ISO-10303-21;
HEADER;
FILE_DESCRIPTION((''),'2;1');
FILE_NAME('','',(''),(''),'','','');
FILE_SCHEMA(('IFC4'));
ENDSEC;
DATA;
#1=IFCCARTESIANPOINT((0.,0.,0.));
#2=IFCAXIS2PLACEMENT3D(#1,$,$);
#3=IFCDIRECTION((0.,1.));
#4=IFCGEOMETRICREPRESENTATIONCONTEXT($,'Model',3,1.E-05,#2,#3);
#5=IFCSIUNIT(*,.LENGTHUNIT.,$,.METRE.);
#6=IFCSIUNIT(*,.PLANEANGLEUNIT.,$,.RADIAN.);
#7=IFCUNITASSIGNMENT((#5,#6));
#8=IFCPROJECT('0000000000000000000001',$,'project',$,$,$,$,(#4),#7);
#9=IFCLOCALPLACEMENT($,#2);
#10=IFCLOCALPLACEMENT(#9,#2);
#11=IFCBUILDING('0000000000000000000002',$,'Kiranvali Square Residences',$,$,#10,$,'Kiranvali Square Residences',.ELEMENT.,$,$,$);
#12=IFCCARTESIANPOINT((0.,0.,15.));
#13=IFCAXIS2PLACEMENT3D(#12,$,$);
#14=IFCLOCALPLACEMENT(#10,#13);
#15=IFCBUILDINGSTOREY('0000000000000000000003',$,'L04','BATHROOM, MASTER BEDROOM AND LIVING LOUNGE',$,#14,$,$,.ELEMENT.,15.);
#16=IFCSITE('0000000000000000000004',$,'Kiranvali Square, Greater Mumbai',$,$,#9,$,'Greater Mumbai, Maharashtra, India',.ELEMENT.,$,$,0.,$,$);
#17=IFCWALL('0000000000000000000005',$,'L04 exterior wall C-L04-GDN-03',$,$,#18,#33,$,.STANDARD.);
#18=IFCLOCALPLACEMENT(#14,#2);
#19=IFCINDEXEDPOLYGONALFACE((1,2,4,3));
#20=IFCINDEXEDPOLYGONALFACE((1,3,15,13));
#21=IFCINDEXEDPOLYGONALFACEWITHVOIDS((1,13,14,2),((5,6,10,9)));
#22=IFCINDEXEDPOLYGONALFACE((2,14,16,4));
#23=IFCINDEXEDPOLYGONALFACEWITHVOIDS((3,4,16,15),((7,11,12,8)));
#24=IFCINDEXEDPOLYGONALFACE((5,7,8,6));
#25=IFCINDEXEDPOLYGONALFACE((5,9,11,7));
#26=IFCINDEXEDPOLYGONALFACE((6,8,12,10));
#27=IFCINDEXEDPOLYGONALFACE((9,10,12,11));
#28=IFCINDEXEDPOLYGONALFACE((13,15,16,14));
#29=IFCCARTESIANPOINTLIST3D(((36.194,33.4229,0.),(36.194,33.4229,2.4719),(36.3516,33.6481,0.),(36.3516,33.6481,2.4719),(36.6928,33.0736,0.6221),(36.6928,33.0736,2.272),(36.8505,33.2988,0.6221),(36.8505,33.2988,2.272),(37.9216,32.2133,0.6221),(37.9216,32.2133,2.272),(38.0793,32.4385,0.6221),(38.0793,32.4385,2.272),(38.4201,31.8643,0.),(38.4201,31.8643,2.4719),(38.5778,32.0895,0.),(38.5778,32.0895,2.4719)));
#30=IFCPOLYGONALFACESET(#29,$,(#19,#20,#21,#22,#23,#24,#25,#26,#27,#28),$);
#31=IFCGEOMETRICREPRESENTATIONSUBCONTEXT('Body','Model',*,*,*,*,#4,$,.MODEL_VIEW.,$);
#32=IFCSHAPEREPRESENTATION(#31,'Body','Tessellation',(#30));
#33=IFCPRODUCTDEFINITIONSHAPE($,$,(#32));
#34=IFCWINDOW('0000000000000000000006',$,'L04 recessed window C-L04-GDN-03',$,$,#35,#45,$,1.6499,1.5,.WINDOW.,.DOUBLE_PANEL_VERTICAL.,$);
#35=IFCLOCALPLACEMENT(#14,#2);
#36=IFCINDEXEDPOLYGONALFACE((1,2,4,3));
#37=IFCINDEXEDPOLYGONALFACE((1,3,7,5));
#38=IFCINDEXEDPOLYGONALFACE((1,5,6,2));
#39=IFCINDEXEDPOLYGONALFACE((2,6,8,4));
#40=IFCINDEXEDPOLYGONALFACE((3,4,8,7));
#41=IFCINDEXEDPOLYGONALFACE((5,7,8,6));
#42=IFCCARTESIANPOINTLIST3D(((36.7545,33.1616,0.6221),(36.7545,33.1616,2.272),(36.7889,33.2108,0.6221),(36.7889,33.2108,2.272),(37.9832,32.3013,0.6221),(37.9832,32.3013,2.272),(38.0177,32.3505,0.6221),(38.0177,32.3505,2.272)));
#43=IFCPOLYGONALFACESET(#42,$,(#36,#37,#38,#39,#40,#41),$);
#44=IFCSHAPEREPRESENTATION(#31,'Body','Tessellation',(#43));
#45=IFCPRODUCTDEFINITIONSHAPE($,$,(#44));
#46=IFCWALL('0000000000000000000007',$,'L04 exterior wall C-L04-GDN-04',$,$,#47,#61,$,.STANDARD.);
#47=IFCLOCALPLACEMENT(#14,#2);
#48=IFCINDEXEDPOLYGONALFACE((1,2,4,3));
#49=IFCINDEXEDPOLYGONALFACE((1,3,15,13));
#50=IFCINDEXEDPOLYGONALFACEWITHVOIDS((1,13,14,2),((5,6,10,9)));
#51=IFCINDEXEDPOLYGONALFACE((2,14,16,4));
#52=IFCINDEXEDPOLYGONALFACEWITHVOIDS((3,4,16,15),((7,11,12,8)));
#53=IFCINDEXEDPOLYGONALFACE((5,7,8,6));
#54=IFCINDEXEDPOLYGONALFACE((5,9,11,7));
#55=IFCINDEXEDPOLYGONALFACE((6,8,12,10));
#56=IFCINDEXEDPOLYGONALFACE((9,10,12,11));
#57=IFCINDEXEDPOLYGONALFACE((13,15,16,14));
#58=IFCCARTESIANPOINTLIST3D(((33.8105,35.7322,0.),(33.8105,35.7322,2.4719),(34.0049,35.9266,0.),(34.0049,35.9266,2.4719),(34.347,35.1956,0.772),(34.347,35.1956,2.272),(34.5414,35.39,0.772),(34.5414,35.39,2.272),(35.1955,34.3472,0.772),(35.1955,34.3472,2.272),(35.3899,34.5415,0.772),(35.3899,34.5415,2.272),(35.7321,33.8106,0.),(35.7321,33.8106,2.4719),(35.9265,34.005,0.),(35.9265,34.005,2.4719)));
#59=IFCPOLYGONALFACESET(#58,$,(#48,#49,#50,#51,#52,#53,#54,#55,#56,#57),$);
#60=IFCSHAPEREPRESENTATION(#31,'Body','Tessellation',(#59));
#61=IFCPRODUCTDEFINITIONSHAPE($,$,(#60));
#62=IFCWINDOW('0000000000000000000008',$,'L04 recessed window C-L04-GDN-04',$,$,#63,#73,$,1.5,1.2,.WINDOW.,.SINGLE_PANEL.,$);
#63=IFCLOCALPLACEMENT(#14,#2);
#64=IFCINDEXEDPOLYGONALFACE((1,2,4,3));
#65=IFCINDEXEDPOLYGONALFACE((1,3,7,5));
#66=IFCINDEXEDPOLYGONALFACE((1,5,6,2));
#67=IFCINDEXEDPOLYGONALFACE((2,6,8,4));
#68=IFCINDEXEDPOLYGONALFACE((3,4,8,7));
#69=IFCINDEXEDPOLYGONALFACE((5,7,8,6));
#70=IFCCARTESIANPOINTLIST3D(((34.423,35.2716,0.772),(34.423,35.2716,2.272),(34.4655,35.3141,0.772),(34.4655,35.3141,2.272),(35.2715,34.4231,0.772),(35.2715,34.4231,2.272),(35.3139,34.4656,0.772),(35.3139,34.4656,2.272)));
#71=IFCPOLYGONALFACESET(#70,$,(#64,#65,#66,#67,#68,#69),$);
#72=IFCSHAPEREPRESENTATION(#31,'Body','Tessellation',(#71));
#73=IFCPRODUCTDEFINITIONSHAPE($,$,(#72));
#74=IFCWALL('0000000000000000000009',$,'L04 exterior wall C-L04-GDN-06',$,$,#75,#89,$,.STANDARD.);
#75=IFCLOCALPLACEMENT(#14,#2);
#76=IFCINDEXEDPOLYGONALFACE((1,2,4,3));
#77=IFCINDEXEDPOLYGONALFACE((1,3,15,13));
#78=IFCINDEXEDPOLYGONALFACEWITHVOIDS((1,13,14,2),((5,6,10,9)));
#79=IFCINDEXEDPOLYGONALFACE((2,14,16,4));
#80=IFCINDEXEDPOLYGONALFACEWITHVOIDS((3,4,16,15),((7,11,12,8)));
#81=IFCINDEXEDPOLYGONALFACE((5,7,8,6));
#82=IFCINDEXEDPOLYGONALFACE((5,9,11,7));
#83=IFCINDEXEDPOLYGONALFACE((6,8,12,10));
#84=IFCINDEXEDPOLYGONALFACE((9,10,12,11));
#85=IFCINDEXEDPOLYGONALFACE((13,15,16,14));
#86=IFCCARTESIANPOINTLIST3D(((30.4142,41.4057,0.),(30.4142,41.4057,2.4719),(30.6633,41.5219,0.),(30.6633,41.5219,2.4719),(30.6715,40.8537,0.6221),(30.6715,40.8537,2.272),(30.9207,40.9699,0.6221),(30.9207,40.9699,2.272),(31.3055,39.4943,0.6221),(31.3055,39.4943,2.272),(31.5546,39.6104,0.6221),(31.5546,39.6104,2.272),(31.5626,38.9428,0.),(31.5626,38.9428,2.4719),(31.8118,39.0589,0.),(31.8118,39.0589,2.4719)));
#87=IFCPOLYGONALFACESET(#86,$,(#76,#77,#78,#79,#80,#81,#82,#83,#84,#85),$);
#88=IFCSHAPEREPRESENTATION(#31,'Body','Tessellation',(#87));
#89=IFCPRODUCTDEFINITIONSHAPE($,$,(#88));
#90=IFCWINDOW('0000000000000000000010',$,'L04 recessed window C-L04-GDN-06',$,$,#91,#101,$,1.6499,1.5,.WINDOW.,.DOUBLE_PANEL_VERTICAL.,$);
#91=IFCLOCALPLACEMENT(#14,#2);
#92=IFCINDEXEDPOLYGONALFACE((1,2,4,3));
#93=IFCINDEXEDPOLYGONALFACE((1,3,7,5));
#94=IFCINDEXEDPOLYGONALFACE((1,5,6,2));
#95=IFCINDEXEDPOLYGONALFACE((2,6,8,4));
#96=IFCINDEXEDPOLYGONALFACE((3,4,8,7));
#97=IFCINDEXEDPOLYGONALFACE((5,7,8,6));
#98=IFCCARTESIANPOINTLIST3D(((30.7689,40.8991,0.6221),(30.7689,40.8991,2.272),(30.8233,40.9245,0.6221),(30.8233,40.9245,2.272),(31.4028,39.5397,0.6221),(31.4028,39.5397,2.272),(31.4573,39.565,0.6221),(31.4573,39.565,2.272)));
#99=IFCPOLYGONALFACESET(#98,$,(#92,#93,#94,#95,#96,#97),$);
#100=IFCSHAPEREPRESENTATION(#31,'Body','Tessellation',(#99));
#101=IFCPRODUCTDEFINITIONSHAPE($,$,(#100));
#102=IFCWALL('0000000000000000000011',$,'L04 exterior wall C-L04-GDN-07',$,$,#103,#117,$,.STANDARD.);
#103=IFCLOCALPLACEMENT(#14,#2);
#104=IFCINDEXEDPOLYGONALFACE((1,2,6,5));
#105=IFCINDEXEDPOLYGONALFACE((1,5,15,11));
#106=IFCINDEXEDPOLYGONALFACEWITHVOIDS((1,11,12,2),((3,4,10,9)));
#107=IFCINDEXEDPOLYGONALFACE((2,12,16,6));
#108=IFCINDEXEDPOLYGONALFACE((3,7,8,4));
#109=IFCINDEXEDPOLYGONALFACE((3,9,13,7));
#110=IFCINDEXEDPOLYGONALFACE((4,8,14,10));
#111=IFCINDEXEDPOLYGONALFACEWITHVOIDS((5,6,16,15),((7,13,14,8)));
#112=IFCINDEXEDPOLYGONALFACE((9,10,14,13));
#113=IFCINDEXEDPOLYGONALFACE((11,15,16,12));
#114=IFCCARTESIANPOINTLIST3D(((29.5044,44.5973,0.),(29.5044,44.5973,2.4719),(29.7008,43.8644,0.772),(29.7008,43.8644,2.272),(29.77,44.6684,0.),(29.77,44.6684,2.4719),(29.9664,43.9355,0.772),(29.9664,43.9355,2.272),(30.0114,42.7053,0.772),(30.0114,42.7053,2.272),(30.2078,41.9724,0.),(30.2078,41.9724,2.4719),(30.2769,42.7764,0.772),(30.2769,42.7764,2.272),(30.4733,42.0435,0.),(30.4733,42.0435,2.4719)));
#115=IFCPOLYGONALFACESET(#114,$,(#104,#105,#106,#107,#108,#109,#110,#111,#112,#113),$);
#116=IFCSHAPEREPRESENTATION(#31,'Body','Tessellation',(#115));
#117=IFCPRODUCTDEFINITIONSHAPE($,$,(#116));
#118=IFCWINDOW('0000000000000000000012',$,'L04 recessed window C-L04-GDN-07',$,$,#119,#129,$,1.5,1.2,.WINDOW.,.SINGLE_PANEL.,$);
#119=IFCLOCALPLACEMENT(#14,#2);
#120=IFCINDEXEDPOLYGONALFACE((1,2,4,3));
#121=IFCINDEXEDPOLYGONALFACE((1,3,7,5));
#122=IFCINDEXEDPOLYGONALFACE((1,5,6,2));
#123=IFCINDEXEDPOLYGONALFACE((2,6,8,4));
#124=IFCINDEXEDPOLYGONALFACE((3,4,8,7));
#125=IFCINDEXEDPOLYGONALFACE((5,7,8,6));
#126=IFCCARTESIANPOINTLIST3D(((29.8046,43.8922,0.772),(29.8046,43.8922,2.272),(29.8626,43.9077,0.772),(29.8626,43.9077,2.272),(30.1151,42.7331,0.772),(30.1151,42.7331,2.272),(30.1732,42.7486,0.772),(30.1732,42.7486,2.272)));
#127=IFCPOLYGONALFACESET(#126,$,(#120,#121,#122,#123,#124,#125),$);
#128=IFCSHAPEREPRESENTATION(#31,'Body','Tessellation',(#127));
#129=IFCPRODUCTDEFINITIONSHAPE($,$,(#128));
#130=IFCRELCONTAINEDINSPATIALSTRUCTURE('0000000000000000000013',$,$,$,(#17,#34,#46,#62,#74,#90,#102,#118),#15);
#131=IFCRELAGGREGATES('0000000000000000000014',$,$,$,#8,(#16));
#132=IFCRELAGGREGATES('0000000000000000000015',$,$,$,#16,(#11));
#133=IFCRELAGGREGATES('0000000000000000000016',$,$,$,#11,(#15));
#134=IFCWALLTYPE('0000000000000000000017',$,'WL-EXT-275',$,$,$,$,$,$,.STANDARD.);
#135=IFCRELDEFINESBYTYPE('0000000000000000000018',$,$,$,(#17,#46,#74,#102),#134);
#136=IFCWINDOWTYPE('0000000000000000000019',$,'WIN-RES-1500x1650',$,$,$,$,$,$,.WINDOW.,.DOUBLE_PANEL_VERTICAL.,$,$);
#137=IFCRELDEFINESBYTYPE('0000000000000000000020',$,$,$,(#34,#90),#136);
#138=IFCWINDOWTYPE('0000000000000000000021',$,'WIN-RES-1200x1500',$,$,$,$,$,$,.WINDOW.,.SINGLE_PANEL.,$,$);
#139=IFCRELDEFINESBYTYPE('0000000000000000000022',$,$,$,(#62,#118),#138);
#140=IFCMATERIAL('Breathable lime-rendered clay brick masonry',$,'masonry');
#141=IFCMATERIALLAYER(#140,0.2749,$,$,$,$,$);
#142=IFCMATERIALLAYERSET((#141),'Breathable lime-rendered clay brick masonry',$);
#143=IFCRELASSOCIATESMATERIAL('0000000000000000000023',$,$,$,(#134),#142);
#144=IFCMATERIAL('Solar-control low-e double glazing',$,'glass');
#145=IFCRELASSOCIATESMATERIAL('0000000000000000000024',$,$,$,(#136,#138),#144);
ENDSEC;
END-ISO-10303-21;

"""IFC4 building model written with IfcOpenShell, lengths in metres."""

from ifc_helpers import new_model, si_unit, direction, frame, frame_2d, origin, place, context, subcontext, project, spatial, rectangle, extrude, material, layer, layer_set, type_object, element, fill, save


model = new_model("IFC4")

# Units and contexts
model_context = context("Model", 3, precision=1e-05, world=origin(), true_north=direction((0.0, 1.0)))
body_context = subcontext(model_context, "Body", "Model", "MODEL_VIEW")
ifc_project = project(units=[si_unit("LENGTHUNIT", "METRE"), si_unit("PLANEANGLEUNIT", "RADIAN")], contexts=[model_context])

# Site, building, storey
site_placement = place(None, origin())
site = spatial("IfcSite", under=ifc_project, at=site_placement, Name="Kiranvali Square, Greater Mumbai", LongName="Greater Mumbai, Maharashtra, India", CompositionType="ELEMENT", RefElevation=0.0)
building_placement = place(site_placement, origin())
building = spatial("IfcBuilding", under=site, at=building_placement, Name="Kiranvali Square Residences", LongName="Kiranvali Square Residences", CompositionType="ELEMENT")
storey_placement = place(building_placement, frame((0.0, 0.0, 15.0)))
storey = spatial("IfcBuildingStorey", under=building, at=storey_placement, Name="L04", Description="BATHROOM, MASTER BEDROOM AND LIVING LOUNGE", CompositionType="ELEMENT", Elevation=15.0)

# Walls, openings, windows
ifc_material_1 = material(Name="Breathable lime-rendered clay brick masonry", Category="masonry")
ifc_layer_1 = layer(ifc_material_1, 0.2749)
ifc_layer_set_1 = layer_set([ifc_layer_1], Name="Breathable lime-rendered clay brick masonry")
wall_type_1 = type_object("IfcWallType", Name="WL-EXT-275", PredefinedType="STANDARD", material=ifc_layer_set_1)
wall_1_placement = place(storey_placement, frame((38.499, 31.9768, 0.0), z_axis=(0.0, 0.0, 1.0), x_axis=(-0.819173, 0.573547, 0.0)))
wall_1 = element("IfcWall", 1, at=wall_1_placement, inside=storey, type_object=wall_type_1, Name="L04 exterior wall C-L04-GDN-03", PredefinedType="STANDARD", context=body_context, shape_type="SweptSolid", body=[
    extrude(rectangle(XDim=2.7175, YDim=0.2749, at=frame_2d((1.3589, 0.0))), origin(), (0.0, 0.0, 1.0), 2.4719),
])
opening_1_placement = place(wall_1_placement, frame((0.6086, 0.0, 0.6221)))
opening_1 = element("IfcOpeningElement", 2, at=opening_1_placement, cuts=wall_1, PredefinedType="OPENING", context=body_context, shape_type="SweptSolid", body=[
    extrude(rectangle(XDim=1.5, YDim=1.6499, at=frame_2d((0.75, 0.825))), frame((0.0, 0.1475, 0.0), z_axis=(0.0, -1.0, 0.0), x_axis=(1.0, 0.0, 0.0)), (0.0, 0.0, 1.0), 0.2949),
])
ifc_material_2 = material(Name="Solar-control low-e double glazing", Category="glass")
window_type_1 = type_object("IfcWindowType", Name="WIN-RES-1500x1650", PartitioningType="DOUBLE_PANEL_VERTICAL", PredefinedType="WINDOW", material=ifc_material_2)
window_1_placement = place(opening_1_placement, origin())
window_1 = element("IfcWindow", 3, at=window_1_placement, inside=storey, type_object=window_type_1, Name="L04 recessed window C-L04-GDN-03", OverallHeight=1.6499, OverallWidth=1.5, PartitioningType="DOUBLE_PANEL_VERTICAL", PredefinedType="WINDOW", context=body_context, shape_type="SweptSolid", body=[
    extrude(rectangle(XDim=1.5, YDim=1.6499, at=frame_2d((0.75, 0.825))), frame((0.0, 0.03, 0.0), z_axis=(0.0, -1.0, 0.0), x_axis=(1.0, 0.0, 0.0)), (0.0, 0.0, 1.0), 0.0601),
])
fill(opening_1, window_1)
wall_2_placement = place(storey_placement, frame((35.8293, 33.9077, 0.0), z_axis=(0.0, 0.0, 1.0), x_axis=(-0.707107, 0.707107, 0.0)))
wall_2 = element("IfcWall", 4, at=wall_2_placement, inside=storey, type_object=wall_type_1, Name="L04 exterior wall C-L04-GDN-04", PredefinedType="STANDARD", context=body_context, shape_type="SweptSolid", body=[
    extrude(rectangle(XDim=2.7175, YDim=0.2749, at=frame_2d((1.3589, 0.0))), origin(), (0.0, 0.0, 1.0), 2.4719),
])
opening_2_placement = place(wall_2_placement, frame((0.7588, 0.0, 0.772)))
opening_2 = element("IfcOpeningElement", 5, at=opening_2_placement, cuts=wall_2, PredefinedType="OPENING", context=body_context, shape_type="SweptSolid", body=[
    extrude(rectangle(XDim=1.2, YDim=1.5, at=frame_2d((0.6001, 0.75))), frame((0.0, 0.1475, 0.0), z_axis=(0.0, -1.0, 0.0), x_axis=(1.0, 0.0, 0.0)), (0.0, 0.0, 1.0), 0.2949),
])
window_type_2 = type_object("IfcWindowType", Name="WIN-RES-1200x1500", PartitioningType="SINGLE_PANEL", PredefinedType="WINDOW", material=ifc_material_2)
window_2_placement = place(opening_2_placement, origin())
window_2 = element("IfcWindow", 6, at=window_2_placement, inside=storey, type_object=window_type_2, Name="L04 recessed window C-L04-GDN-04", OverallHeight=1.5, OverallWidth=1.2, PartitioningType="SINGLE_PANEL", PredefinedType="WINDOW", context=body_context, shape_type="SweptSolid", body=[
    extrude(rectangle(XDim=1.2, YDim=1.5, at=frame_2d((0.6001, 0.75))), frame((0.0, 0.03, 0.0), z_axis=(0.0, -1.0, 0.0), x_axis=(1.0, 0.0, 0.0)), (0.0, 0.0, 1.0), 0.0601),
])
fill(opening_2, window_2)

# Walls, openings, windows
wall_3_placement = place(storey_placement, frame((31.6873, 39.0007, 0.0), z_axis=(0.0, 0.0, 1.0), x_axis=(-0.42261, 0.906312, 0.0)))
wall_3 = element("IfcWall", 7, at=wall_3_placement, inside=storey, type_object=wall_type_1, Name="L04 exterior wall C-L04-GDN-06", PredefinedType="STANDARD", context=body_context, shape_type="SweptSolid", body=[
    extrude(rectangle(XDim=2.7175, YDim=0.2749, at=frame_2d((1.3589, 0.0))), origin(), (0.0, 0.0, 1.0), 2.4719),
])
opening_3_placement = place(wall_3_placement, frame((0.6086, 0.0, 0.6221)))
opening_3 = element("IfcOpeningElement", 8, at=opening_3_placement, cuts=wall_3, PredefinedType="OPENING", context=body_context, shape_type="SweptSolid", body=[
    extrude(rectangle(XDim=1.5, YDim=1.6499, at=frame_2d((0.75, 0.825))), frame((0.0, 0.1475, 0.0), z_axis=(0.0, -1.0, 0.0), x_axis=(1.0, 0.0, 0.0)), (0.0, 0.0, 1.0), 0.2949),
])
window_3_placement = place(opening_3_placement, origin())
window_3 = element("IfcWindow", 9, at=window_3_placement, inside=storey, type_object=window_type_1, Name="L04 recessed window C-L04-GDN-06", OverallHeight=1.6499, OverallWidth=1.5, PartitioningType="DOUBLE_PANEL_VERTICAL", PredefinedType="WINDOW", context=body_context, shape_type="SweptSolid", body=[
    extrude(rectangle(XDim=1.5, YDim=1.6499, at=frame_2d((0.75, 0.825))), frame((0.0, 0.03, 0.0), z_axis=(0.0, -1.0, 0.0), x_axis=(1.0, 0.0, 0.0)), (0.0, 0.0, 1.0), 0.0601),
])
fill(opening_3, window_3)
wall_4_placement = place(storey_placement, frame((30.3406, 42.0078, 0.0), z_axis=(0.0, 0.0, 1.0), x_axis=(-0.25882, 0.965926, 0.0)))
wall_4 = element("IfcWall", 10, at=wall_4_placement, inside=storey, type_object=wall_type_1, Name="L04 exterior wall C-L04-GDN-07", PredefinedType="STANDARD", context=body_context, shape_type="SweptSolid", body=[
    extrude(rectangle(XDim=2.7175, YDim=0.2749, at=frame_2d((1.3589, 0.0))), origin(), (0.0, 0.0, 1.0), 2.4719),
])
opening_4_placement = place(wall_4_placement, frame((0.7588, 0.0, 0.772)))
opening_4 = element("IfcOpeningElement", 11, at=opening_4_placement, cuts=wall_4, PredefinedType="OPENING", context=body_context, shape_type="SweptSolid", body=[
    extrude(rectangle(XDim=1.2, YDim=1.5, at=frame_2d((0.6001, 0.75))), frame((0.0, 0.1475, 0.0), z_axis=(0.0, -1.0, 0.0), x_axis=(1.0, 0.0, 0.0)), (0.0, 0.0, 1.0), 0.2949),
])
window_4_placement = place(opening_4_placement, origin())
window_4 = element("IfcWindow", 12, at=window_4_placement, inside=storey, type_object=window_type_2, Name="L04 recessed window C-L04-GDN-07", OverallHeight=1.5, OverallWidth=1.2, PartitioningType="SINGLE_PANEL", PredefinedType="WINDOW", context=body_context, shape_type="SweptSolid", body=[
    extrude(rectangle(XDim=1.2, YDim=1.5, at=frame_2d((0.6001, 0.75))), frame((0.0, 0.03, 0.0), z_axis=(0.0, -1.0, 0.0), x_axis=(1.0, 0.0, 0.0)), (0.0, 0.0, 1.0), 0.0601),
])
fill(opening_4, window_4)

save(model, "model.ifc")
